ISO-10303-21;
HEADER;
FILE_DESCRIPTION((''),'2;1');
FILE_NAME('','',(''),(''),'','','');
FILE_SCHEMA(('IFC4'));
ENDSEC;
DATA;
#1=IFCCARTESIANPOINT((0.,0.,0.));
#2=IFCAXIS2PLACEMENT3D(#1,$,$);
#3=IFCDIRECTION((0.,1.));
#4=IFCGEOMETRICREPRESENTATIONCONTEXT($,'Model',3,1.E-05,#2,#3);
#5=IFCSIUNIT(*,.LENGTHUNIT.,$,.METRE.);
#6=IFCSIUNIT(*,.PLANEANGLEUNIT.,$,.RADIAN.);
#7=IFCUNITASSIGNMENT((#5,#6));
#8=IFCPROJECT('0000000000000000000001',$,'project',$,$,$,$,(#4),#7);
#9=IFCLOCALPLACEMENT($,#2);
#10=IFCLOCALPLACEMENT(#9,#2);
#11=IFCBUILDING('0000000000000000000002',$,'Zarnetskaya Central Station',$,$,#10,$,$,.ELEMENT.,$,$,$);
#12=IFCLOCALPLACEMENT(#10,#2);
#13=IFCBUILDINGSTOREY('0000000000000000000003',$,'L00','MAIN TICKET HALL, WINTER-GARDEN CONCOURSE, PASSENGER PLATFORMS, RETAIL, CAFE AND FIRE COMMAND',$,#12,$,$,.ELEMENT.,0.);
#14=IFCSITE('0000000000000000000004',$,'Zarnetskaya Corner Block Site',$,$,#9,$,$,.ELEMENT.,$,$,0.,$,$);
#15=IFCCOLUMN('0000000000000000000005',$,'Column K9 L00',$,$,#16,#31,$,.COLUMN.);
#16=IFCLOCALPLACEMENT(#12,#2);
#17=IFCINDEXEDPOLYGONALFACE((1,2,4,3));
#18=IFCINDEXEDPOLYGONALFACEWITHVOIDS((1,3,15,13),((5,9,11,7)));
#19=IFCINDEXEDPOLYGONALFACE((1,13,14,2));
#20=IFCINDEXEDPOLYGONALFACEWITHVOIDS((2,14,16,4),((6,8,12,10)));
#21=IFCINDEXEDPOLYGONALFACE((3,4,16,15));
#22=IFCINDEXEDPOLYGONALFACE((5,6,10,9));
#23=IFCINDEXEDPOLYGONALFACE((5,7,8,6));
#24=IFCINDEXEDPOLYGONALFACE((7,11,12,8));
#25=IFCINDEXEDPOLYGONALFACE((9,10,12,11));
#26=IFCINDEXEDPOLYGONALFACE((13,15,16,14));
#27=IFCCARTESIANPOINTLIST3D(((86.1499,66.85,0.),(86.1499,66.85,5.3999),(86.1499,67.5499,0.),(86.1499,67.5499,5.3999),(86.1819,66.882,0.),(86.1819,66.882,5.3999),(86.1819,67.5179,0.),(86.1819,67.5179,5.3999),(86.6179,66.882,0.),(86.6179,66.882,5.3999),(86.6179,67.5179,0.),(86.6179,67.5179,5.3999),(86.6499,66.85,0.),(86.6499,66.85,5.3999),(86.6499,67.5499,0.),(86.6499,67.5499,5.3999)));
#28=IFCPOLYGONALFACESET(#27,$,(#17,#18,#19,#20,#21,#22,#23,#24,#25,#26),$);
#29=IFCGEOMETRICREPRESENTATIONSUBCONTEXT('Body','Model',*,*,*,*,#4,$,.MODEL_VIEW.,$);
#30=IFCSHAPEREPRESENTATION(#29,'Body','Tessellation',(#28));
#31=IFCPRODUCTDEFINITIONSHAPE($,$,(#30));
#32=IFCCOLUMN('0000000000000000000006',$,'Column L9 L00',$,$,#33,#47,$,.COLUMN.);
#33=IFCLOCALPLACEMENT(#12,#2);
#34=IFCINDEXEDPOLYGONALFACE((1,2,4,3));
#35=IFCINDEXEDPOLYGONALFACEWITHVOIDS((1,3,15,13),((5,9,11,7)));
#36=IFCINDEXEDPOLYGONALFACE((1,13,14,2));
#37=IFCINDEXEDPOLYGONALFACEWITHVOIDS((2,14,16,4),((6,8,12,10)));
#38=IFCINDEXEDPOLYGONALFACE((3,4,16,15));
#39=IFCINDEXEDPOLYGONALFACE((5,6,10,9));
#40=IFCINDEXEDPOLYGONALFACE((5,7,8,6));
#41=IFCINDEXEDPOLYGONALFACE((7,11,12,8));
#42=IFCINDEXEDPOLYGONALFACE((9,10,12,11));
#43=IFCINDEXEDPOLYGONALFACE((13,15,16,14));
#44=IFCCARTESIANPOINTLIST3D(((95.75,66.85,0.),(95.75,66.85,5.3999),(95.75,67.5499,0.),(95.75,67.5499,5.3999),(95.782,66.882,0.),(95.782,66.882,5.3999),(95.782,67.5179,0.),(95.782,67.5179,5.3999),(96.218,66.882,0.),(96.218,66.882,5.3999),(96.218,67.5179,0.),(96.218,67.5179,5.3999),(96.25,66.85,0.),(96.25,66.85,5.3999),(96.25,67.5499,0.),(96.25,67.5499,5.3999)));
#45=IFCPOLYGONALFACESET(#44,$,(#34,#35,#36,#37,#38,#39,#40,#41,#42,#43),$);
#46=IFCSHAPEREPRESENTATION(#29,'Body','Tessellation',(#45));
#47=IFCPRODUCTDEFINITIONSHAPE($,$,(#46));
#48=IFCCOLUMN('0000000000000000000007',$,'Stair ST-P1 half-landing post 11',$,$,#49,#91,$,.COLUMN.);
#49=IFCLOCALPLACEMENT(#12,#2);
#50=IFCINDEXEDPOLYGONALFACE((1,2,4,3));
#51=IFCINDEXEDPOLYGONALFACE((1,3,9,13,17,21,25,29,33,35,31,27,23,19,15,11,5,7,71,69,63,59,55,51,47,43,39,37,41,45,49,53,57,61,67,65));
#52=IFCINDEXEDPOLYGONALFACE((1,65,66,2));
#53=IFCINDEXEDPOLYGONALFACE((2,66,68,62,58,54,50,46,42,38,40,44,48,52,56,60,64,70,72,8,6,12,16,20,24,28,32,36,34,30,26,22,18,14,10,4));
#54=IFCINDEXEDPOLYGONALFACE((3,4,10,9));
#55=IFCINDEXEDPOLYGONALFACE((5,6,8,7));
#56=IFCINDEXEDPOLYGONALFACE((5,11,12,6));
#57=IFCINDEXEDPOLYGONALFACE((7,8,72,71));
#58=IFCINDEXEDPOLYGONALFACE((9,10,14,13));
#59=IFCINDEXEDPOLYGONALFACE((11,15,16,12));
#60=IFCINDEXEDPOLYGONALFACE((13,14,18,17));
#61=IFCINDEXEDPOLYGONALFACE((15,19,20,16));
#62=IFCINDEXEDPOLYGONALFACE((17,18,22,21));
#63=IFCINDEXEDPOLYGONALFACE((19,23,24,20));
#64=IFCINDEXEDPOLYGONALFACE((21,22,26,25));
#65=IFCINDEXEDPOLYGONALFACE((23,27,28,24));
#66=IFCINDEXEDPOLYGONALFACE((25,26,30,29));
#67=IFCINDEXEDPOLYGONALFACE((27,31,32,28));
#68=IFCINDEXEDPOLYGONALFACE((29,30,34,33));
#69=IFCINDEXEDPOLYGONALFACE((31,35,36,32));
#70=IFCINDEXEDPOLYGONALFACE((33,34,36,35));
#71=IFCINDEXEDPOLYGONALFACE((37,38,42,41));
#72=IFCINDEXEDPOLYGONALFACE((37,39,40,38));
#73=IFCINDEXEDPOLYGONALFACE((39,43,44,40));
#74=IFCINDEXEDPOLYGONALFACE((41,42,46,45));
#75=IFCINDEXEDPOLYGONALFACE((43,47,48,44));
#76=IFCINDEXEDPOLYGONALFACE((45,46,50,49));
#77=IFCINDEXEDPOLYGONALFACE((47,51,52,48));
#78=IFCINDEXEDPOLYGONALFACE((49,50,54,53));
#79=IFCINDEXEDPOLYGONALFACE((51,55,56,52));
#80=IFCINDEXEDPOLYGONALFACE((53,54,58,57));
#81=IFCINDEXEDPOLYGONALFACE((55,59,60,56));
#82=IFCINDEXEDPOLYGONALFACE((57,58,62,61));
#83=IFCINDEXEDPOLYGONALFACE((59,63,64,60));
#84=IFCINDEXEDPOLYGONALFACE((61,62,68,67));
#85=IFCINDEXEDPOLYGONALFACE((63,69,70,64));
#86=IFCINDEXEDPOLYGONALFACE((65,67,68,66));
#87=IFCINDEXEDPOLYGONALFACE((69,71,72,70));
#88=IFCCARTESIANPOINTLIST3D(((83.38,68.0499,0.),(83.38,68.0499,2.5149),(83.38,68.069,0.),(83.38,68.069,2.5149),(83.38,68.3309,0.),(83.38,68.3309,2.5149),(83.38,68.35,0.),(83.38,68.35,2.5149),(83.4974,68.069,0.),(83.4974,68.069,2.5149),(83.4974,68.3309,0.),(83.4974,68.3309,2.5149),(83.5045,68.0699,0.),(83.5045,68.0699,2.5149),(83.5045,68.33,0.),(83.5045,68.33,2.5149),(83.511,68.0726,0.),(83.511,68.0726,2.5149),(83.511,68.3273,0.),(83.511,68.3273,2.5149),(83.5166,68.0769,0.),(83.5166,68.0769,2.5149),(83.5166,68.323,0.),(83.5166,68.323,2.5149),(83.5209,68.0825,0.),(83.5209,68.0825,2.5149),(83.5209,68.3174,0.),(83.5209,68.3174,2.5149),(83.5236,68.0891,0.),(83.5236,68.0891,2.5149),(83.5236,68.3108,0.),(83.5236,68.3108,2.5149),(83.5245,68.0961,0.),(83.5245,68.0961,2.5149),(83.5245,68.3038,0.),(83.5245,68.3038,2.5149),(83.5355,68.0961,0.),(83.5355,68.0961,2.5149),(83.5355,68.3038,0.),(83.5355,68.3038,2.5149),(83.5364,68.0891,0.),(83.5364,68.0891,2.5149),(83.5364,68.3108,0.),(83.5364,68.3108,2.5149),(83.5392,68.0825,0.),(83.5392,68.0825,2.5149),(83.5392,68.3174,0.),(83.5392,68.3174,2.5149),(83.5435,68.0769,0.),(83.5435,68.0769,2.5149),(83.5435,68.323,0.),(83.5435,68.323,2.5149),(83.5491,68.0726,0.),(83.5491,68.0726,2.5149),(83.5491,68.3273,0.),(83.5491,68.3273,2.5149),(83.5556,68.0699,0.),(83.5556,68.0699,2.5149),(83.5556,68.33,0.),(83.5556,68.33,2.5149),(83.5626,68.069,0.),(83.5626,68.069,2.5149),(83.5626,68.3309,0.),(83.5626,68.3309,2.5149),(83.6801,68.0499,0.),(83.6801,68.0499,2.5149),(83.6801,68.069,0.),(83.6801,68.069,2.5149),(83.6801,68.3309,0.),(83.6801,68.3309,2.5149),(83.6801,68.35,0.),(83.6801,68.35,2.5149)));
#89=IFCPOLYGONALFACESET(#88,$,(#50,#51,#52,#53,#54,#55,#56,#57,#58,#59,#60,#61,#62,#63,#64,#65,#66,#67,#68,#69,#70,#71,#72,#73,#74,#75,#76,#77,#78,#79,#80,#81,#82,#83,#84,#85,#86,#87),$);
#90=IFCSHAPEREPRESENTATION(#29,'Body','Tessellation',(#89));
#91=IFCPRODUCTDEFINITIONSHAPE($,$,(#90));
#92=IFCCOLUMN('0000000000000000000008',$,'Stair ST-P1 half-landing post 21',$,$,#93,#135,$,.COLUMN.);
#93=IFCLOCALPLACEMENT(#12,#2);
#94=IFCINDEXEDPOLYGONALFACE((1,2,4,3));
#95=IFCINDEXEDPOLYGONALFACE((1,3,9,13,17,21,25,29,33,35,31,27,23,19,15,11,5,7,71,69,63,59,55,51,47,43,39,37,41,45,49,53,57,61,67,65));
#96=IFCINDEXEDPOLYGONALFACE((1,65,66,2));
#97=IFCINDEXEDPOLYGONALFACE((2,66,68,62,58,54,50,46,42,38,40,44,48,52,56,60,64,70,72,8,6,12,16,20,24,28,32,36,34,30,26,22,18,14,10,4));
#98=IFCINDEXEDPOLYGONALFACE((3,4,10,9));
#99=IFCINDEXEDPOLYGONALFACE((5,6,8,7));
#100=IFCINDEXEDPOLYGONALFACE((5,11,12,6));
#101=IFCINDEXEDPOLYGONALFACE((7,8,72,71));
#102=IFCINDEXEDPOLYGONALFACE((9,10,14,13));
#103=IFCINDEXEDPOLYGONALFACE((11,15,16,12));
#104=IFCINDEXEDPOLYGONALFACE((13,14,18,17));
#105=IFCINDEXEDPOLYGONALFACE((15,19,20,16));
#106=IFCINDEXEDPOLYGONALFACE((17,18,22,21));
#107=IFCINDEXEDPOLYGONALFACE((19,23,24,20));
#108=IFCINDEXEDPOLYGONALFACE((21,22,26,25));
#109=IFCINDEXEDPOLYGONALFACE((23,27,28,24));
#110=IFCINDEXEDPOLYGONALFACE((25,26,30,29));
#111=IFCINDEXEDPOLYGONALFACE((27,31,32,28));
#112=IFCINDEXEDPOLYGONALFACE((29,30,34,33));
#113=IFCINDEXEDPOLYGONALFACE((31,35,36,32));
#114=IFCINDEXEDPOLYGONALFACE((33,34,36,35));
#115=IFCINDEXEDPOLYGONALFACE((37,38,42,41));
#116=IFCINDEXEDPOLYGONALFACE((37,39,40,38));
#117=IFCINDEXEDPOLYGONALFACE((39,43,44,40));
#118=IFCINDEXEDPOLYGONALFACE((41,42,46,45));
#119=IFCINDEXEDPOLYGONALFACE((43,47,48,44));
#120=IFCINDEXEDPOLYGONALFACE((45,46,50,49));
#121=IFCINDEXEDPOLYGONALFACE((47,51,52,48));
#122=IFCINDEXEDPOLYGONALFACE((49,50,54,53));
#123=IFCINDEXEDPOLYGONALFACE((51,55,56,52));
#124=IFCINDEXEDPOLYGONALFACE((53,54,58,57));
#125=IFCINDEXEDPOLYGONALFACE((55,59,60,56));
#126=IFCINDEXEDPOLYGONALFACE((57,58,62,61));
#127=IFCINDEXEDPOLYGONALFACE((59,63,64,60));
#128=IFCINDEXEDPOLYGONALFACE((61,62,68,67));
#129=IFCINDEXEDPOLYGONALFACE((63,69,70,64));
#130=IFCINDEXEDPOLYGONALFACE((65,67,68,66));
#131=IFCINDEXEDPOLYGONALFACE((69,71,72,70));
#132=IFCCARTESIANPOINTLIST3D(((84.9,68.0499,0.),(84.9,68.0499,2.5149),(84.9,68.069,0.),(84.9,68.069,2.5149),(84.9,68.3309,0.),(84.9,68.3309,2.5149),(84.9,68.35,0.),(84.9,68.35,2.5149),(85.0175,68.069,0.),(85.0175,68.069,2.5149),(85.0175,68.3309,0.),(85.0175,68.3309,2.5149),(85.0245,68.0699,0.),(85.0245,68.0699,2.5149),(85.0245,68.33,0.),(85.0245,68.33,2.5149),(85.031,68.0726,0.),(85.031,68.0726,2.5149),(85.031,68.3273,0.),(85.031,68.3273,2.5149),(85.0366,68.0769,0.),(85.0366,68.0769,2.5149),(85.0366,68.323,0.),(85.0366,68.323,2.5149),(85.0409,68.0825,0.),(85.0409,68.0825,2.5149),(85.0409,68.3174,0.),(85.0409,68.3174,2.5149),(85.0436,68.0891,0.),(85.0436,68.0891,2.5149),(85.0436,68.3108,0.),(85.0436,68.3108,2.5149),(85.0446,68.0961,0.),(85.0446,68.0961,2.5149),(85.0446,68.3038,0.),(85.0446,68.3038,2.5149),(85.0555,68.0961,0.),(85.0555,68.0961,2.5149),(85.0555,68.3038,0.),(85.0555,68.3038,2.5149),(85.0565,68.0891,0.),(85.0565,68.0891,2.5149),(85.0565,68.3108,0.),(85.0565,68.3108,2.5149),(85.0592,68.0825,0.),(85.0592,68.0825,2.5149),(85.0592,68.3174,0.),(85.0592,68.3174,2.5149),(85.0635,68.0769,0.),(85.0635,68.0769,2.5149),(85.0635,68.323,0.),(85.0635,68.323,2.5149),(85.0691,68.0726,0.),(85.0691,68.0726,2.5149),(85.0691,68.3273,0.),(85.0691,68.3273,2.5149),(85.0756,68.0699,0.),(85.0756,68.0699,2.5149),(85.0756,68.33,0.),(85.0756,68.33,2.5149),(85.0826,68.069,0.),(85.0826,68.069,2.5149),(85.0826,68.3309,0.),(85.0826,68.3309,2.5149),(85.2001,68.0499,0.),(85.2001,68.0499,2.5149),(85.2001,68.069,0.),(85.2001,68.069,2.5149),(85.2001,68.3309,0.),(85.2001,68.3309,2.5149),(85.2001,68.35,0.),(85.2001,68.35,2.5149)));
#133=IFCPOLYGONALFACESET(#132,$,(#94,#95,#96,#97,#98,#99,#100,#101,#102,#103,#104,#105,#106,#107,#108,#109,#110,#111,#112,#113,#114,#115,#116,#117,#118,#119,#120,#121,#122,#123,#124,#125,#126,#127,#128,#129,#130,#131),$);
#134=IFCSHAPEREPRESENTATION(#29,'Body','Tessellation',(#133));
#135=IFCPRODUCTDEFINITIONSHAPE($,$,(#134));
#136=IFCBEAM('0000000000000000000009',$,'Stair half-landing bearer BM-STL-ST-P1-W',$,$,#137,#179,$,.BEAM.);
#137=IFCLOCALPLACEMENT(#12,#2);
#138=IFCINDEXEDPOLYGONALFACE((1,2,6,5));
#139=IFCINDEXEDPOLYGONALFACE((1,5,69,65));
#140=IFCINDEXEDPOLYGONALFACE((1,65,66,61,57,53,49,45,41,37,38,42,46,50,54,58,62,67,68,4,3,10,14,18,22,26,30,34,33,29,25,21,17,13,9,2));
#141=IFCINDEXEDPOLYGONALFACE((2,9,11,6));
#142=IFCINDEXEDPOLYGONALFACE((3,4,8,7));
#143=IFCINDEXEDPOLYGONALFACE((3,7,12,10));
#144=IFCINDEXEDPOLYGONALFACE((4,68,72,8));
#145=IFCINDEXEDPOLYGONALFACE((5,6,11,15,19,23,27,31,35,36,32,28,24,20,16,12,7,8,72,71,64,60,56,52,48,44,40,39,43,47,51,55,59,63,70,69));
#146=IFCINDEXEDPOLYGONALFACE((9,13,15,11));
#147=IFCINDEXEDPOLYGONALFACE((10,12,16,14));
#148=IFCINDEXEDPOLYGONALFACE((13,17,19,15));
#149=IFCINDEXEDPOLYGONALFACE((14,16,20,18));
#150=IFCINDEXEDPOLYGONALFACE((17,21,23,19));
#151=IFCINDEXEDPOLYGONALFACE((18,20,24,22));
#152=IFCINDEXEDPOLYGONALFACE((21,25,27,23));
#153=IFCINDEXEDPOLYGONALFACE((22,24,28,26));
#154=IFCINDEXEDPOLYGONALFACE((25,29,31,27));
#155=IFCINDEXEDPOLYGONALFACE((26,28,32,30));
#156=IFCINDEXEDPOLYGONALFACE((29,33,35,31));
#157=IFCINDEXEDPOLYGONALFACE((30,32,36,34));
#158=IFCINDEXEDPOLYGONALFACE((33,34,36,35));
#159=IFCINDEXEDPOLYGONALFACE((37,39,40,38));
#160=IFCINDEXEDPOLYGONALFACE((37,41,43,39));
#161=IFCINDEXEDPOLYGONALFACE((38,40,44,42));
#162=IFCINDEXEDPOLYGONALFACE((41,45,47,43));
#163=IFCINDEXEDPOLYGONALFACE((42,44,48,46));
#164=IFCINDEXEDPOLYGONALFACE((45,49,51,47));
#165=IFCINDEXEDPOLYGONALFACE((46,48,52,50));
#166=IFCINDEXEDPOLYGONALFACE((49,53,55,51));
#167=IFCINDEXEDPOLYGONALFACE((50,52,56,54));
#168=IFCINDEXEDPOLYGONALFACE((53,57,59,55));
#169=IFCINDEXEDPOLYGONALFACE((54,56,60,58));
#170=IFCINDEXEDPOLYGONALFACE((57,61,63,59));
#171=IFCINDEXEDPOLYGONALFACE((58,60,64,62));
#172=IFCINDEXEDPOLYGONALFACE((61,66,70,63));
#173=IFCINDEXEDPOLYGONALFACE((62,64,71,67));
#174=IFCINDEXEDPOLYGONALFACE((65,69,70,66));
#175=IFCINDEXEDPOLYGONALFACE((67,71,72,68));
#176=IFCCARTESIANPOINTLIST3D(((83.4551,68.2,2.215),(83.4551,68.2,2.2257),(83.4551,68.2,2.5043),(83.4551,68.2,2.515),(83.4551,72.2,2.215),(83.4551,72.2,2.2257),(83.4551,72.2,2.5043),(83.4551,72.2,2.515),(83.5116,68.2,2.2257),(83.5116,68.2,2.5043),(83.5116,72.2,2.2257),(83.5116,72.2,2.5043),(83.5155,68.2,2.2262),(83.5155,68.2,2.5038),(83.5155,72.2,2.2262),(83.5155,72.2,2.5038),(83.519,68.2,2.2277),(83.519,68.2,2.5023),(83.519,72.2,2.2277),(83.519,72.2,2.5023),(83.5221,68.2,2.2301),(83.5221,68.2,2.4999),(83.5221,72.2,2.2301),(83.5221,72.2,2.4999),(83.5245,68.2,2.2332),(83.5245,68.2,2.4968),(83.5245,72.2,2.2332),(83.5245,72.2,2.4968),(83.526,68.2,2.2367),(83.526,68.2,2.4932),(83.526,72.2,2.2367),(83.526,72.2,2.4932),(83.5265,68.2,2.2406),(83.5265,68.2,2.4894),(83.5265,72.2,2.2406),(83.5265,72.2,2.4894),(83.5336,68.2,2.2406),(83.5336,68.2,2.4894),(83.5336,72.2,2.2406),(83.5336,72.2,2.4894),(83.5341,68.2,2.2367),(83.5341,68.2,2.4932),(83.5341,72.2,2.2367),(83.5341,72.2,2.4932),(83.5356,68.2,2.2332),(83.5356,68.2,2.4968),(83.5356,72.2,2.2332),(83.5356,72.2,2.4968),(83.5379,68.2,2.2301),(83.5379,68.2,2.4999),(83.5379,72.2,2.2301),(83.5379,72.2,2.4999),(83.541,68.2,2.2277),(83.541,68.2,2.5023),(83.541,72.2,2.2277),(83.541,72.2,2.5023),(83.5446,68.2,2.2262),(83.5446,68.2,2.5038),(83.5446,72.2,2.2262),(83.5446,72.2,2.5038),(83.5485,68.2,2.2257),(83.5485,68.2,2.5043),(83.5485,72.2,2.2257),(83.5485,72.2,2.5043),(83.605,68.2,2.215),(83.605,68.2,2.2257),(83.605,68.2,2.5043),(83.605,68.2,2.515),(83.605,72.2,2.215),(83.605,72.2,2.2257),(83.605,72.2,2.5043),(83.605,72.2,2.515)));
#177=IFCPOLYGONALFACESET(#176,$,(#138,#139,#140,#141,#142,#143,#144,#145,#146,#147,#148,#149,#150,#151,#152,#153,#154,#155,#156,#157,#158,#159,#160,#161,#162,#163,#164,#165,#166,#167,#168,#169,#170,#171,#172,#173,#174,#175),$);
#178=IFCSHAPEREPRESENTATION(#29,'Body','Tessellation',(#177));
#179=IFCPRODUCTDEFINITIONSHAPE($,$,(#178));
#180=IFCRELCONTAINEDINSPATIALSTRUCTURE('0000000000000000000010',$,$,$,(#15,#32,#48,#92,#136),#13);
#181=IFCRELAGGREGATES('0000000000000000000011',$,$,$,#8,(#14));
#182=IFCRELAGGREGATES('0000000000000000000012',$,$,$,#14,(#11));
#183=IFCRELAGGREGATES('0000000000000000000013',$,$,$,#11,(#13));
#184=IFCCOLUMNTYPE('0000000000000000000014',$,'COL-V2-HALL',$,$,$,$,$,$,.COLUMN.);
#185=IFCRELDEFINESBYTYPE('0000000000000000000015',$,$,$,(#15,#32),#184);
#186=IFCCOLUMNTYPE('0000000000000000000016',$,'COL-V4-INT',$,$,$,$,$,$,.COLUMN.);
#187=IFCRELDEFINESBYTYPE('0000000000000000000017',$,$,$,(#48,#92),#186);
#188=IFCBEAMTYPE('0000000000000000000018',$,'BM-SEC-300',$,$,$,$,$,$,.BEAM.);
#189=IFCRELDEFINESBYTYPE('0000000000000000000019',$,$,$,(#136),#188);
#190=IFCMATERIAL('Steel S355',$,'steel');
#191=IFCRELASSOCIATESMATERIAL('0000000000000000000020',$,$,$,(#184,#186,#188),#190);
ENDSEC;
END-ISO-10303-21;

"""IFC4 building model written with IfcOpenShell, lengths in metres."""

from ifc_helpers import new_model, si_unit, direction, frame, origin, origin_2d, place, context, subcontext, project, spatial, hollow_rectangle, i_section, extrude, material, material_profile, profile_set, type_object, element, save


model = new_model("IFC4")

# Units and contexts
model_context = context("Model", 3, precision=1e-05, world=origin(), true_north=direction((0.0, 1.0)))
body_context = subcontext(model_context, "Body", "Model", "MODEL_VIEW")
ifc_project = project(units=[si_unit("LENGTHUNIT", "METRE"), si_unit("PLANEANGLEUNIT", "RADIAN")], contexts=[model_context])

# Site, building, storey
site_placement = place(None, origin())
site = spatial("IfcSite", under=ifc_project, at=site_placement, Name="Zarnetskaya Corner Block Site", CompositionType="ELEMENT", RefElevation=0.0)
building_placement = place(site_placement, origin())
building = spatial("IfcBuilding", under=site, at=building_placement, Name="Zarnetskaya Central Station", CompositionType="ELEMENT")
storey_placement = place(building_placement, origin())
storey = spatial("IfcBuildingStorey", under=building, at=storey_placement, Name="L00", Description="MAIN TICKET HALL, WINTER-GARDEN CONCOURSE, PASSENGER PLATFORMS, RETAIL, CAFE AND FIRE COMMAND", CompositionType="ELEMENT", Elevation=0.0)

# Columns
ifc_material_1 = material(Name="Steel S355", Category="steel")
ifc_material_profile_1 = material_profile(ifc_material_1, hollow_rectangle(XDim=0.5, YDim=0.7, WallThickness=0.032, at=origin_2d()), Name="BOX 700x500x32")
ifc_profile_set_1 = profile_set([ifc_material_profile_1], Name="Steel S355")
column_type_1 = type_object("IfcColumnType", Name="COL-V2-HALL", PredefinedType="COLUMN", material=ifc_profile_set_1)
for number, where, z_axis, x_axis, name in (
    (1, (86.3999, 67.2, 0.0), (0.0, 0.0, 1.0), (1.0, 0.0, 0.0), "Column K9 L00"),
    (2, (96.0, 67.2, 0.0), (0.0, 0.0, 1.0), (1.0, 0.0, 0.0), "Column L9 L00"),
):
    element("IfcColumn", number, at=place(storey_placement, frame(where, z_axis=z_axis, x_axis=x_axis)), inside=storey, type_object=column_type_1, Name=name, PredefinedType="COLUMN", context=body_context, shape_type="SweptSolid", body=[
        extrude(hollow_rectangle(XDim=0.5, YDim=0.7, WallThickness=0.032, at=origin_2d()), origin(), (0.0, 0.0, 1.0), 5.3999),
    ])
ifc_material_profile_2 = material_profile(ifc_material_1, i_section(OverallWidth=0.3, OverallDepth=0.3, WebThickness=0.011, FlangeThickness=0.019, FilletRadius=0.0271, at=origin_2d()), Name="HEB 300")
ifc_profile_set_2 = profile_set([ifc_material_profile_2], Name="Steel S355")
column_type_2 = type_object("IfcColumnType", Name="COL-V4-INT", PredefinedType="COLUMN", material=ifc_profile_set_2)
for number, where, z_axis, x_axis, name in (
    (3, (83.53, 68.2, 0.0), (0.0, 0.0, 1.0), (1.0, 0.0, 0.0), "Stair ST-P1 half-landing post 11"),
    (4, (85.05, 68.2, 0.0), (0.0, 0.0, 1.0), (1.0, 0.0, 0.0), "Stair ST-P1 half-landing post 21"),
):
    element("IfcColumn", number, at=place(storey_placement, frame(where, z_axis=z_axis, x_axis=x_axis)), inside=storey, type_object=column_type_2, Name=name, PredefinedType="COLUMN", context=body_context, shape_type="SweptSolid", body=[
        extrude(i_section(OverallWidth=0.3, OverallDepth=0.3, WebThickness=0.011, FlangeThickness=0.019, FilletRadius=0.0271, at=origin_2d()), origin(), (0.0, 0.0, 1.0), 2.5149),
    ])

# Beam
ifc_material_profile_3 = material_profile(ifc_material_1, i_section(OverallWidth=0.1499, OverallDepth=0.3, WebThickness=0.0071, FlangeThickness=0.0107, FilletRadius=0.0149, at=origin_2d()), Name="IPE 300")
ifc_profile_set_3 = profile_set([ifc_material_profile_3], Name="Steel S355")
beam_type_1 = type_object("IfcBeamType", Name="BM-SEC-300", PredefinedType="BEAM", material=ifc_profile_set_3)
for number, where, z_axis, x_axis, name in (
    (5, (83.53, 68.2, 2.365), (0.0, 1.0, 0.0), (-1.0, 0.0, 0.0), "Stair half-landing bearer BM-STL-ST-P1-W"),
):
    element("IfcBeam", number, at=place(storey_placement, frame(where, z_axis=z_axis, x_axis=x_axis)), inside=storey, type_object=beam_type_1, Name=name, PredefinedType="BEAM", context=body_context, shape_type="SweptSolid", body=[
        extrude(i_section(OverallWidth=0.1499, OverallDepth=0.3, WebThickness=0.0071, FlangeThickness=0.0107, FilletRadius=0.0149, at=origin_2d()), origin(), (0.0, 0.0, 1.0), 4.0),
    ])

save(model, "model.ifc")
